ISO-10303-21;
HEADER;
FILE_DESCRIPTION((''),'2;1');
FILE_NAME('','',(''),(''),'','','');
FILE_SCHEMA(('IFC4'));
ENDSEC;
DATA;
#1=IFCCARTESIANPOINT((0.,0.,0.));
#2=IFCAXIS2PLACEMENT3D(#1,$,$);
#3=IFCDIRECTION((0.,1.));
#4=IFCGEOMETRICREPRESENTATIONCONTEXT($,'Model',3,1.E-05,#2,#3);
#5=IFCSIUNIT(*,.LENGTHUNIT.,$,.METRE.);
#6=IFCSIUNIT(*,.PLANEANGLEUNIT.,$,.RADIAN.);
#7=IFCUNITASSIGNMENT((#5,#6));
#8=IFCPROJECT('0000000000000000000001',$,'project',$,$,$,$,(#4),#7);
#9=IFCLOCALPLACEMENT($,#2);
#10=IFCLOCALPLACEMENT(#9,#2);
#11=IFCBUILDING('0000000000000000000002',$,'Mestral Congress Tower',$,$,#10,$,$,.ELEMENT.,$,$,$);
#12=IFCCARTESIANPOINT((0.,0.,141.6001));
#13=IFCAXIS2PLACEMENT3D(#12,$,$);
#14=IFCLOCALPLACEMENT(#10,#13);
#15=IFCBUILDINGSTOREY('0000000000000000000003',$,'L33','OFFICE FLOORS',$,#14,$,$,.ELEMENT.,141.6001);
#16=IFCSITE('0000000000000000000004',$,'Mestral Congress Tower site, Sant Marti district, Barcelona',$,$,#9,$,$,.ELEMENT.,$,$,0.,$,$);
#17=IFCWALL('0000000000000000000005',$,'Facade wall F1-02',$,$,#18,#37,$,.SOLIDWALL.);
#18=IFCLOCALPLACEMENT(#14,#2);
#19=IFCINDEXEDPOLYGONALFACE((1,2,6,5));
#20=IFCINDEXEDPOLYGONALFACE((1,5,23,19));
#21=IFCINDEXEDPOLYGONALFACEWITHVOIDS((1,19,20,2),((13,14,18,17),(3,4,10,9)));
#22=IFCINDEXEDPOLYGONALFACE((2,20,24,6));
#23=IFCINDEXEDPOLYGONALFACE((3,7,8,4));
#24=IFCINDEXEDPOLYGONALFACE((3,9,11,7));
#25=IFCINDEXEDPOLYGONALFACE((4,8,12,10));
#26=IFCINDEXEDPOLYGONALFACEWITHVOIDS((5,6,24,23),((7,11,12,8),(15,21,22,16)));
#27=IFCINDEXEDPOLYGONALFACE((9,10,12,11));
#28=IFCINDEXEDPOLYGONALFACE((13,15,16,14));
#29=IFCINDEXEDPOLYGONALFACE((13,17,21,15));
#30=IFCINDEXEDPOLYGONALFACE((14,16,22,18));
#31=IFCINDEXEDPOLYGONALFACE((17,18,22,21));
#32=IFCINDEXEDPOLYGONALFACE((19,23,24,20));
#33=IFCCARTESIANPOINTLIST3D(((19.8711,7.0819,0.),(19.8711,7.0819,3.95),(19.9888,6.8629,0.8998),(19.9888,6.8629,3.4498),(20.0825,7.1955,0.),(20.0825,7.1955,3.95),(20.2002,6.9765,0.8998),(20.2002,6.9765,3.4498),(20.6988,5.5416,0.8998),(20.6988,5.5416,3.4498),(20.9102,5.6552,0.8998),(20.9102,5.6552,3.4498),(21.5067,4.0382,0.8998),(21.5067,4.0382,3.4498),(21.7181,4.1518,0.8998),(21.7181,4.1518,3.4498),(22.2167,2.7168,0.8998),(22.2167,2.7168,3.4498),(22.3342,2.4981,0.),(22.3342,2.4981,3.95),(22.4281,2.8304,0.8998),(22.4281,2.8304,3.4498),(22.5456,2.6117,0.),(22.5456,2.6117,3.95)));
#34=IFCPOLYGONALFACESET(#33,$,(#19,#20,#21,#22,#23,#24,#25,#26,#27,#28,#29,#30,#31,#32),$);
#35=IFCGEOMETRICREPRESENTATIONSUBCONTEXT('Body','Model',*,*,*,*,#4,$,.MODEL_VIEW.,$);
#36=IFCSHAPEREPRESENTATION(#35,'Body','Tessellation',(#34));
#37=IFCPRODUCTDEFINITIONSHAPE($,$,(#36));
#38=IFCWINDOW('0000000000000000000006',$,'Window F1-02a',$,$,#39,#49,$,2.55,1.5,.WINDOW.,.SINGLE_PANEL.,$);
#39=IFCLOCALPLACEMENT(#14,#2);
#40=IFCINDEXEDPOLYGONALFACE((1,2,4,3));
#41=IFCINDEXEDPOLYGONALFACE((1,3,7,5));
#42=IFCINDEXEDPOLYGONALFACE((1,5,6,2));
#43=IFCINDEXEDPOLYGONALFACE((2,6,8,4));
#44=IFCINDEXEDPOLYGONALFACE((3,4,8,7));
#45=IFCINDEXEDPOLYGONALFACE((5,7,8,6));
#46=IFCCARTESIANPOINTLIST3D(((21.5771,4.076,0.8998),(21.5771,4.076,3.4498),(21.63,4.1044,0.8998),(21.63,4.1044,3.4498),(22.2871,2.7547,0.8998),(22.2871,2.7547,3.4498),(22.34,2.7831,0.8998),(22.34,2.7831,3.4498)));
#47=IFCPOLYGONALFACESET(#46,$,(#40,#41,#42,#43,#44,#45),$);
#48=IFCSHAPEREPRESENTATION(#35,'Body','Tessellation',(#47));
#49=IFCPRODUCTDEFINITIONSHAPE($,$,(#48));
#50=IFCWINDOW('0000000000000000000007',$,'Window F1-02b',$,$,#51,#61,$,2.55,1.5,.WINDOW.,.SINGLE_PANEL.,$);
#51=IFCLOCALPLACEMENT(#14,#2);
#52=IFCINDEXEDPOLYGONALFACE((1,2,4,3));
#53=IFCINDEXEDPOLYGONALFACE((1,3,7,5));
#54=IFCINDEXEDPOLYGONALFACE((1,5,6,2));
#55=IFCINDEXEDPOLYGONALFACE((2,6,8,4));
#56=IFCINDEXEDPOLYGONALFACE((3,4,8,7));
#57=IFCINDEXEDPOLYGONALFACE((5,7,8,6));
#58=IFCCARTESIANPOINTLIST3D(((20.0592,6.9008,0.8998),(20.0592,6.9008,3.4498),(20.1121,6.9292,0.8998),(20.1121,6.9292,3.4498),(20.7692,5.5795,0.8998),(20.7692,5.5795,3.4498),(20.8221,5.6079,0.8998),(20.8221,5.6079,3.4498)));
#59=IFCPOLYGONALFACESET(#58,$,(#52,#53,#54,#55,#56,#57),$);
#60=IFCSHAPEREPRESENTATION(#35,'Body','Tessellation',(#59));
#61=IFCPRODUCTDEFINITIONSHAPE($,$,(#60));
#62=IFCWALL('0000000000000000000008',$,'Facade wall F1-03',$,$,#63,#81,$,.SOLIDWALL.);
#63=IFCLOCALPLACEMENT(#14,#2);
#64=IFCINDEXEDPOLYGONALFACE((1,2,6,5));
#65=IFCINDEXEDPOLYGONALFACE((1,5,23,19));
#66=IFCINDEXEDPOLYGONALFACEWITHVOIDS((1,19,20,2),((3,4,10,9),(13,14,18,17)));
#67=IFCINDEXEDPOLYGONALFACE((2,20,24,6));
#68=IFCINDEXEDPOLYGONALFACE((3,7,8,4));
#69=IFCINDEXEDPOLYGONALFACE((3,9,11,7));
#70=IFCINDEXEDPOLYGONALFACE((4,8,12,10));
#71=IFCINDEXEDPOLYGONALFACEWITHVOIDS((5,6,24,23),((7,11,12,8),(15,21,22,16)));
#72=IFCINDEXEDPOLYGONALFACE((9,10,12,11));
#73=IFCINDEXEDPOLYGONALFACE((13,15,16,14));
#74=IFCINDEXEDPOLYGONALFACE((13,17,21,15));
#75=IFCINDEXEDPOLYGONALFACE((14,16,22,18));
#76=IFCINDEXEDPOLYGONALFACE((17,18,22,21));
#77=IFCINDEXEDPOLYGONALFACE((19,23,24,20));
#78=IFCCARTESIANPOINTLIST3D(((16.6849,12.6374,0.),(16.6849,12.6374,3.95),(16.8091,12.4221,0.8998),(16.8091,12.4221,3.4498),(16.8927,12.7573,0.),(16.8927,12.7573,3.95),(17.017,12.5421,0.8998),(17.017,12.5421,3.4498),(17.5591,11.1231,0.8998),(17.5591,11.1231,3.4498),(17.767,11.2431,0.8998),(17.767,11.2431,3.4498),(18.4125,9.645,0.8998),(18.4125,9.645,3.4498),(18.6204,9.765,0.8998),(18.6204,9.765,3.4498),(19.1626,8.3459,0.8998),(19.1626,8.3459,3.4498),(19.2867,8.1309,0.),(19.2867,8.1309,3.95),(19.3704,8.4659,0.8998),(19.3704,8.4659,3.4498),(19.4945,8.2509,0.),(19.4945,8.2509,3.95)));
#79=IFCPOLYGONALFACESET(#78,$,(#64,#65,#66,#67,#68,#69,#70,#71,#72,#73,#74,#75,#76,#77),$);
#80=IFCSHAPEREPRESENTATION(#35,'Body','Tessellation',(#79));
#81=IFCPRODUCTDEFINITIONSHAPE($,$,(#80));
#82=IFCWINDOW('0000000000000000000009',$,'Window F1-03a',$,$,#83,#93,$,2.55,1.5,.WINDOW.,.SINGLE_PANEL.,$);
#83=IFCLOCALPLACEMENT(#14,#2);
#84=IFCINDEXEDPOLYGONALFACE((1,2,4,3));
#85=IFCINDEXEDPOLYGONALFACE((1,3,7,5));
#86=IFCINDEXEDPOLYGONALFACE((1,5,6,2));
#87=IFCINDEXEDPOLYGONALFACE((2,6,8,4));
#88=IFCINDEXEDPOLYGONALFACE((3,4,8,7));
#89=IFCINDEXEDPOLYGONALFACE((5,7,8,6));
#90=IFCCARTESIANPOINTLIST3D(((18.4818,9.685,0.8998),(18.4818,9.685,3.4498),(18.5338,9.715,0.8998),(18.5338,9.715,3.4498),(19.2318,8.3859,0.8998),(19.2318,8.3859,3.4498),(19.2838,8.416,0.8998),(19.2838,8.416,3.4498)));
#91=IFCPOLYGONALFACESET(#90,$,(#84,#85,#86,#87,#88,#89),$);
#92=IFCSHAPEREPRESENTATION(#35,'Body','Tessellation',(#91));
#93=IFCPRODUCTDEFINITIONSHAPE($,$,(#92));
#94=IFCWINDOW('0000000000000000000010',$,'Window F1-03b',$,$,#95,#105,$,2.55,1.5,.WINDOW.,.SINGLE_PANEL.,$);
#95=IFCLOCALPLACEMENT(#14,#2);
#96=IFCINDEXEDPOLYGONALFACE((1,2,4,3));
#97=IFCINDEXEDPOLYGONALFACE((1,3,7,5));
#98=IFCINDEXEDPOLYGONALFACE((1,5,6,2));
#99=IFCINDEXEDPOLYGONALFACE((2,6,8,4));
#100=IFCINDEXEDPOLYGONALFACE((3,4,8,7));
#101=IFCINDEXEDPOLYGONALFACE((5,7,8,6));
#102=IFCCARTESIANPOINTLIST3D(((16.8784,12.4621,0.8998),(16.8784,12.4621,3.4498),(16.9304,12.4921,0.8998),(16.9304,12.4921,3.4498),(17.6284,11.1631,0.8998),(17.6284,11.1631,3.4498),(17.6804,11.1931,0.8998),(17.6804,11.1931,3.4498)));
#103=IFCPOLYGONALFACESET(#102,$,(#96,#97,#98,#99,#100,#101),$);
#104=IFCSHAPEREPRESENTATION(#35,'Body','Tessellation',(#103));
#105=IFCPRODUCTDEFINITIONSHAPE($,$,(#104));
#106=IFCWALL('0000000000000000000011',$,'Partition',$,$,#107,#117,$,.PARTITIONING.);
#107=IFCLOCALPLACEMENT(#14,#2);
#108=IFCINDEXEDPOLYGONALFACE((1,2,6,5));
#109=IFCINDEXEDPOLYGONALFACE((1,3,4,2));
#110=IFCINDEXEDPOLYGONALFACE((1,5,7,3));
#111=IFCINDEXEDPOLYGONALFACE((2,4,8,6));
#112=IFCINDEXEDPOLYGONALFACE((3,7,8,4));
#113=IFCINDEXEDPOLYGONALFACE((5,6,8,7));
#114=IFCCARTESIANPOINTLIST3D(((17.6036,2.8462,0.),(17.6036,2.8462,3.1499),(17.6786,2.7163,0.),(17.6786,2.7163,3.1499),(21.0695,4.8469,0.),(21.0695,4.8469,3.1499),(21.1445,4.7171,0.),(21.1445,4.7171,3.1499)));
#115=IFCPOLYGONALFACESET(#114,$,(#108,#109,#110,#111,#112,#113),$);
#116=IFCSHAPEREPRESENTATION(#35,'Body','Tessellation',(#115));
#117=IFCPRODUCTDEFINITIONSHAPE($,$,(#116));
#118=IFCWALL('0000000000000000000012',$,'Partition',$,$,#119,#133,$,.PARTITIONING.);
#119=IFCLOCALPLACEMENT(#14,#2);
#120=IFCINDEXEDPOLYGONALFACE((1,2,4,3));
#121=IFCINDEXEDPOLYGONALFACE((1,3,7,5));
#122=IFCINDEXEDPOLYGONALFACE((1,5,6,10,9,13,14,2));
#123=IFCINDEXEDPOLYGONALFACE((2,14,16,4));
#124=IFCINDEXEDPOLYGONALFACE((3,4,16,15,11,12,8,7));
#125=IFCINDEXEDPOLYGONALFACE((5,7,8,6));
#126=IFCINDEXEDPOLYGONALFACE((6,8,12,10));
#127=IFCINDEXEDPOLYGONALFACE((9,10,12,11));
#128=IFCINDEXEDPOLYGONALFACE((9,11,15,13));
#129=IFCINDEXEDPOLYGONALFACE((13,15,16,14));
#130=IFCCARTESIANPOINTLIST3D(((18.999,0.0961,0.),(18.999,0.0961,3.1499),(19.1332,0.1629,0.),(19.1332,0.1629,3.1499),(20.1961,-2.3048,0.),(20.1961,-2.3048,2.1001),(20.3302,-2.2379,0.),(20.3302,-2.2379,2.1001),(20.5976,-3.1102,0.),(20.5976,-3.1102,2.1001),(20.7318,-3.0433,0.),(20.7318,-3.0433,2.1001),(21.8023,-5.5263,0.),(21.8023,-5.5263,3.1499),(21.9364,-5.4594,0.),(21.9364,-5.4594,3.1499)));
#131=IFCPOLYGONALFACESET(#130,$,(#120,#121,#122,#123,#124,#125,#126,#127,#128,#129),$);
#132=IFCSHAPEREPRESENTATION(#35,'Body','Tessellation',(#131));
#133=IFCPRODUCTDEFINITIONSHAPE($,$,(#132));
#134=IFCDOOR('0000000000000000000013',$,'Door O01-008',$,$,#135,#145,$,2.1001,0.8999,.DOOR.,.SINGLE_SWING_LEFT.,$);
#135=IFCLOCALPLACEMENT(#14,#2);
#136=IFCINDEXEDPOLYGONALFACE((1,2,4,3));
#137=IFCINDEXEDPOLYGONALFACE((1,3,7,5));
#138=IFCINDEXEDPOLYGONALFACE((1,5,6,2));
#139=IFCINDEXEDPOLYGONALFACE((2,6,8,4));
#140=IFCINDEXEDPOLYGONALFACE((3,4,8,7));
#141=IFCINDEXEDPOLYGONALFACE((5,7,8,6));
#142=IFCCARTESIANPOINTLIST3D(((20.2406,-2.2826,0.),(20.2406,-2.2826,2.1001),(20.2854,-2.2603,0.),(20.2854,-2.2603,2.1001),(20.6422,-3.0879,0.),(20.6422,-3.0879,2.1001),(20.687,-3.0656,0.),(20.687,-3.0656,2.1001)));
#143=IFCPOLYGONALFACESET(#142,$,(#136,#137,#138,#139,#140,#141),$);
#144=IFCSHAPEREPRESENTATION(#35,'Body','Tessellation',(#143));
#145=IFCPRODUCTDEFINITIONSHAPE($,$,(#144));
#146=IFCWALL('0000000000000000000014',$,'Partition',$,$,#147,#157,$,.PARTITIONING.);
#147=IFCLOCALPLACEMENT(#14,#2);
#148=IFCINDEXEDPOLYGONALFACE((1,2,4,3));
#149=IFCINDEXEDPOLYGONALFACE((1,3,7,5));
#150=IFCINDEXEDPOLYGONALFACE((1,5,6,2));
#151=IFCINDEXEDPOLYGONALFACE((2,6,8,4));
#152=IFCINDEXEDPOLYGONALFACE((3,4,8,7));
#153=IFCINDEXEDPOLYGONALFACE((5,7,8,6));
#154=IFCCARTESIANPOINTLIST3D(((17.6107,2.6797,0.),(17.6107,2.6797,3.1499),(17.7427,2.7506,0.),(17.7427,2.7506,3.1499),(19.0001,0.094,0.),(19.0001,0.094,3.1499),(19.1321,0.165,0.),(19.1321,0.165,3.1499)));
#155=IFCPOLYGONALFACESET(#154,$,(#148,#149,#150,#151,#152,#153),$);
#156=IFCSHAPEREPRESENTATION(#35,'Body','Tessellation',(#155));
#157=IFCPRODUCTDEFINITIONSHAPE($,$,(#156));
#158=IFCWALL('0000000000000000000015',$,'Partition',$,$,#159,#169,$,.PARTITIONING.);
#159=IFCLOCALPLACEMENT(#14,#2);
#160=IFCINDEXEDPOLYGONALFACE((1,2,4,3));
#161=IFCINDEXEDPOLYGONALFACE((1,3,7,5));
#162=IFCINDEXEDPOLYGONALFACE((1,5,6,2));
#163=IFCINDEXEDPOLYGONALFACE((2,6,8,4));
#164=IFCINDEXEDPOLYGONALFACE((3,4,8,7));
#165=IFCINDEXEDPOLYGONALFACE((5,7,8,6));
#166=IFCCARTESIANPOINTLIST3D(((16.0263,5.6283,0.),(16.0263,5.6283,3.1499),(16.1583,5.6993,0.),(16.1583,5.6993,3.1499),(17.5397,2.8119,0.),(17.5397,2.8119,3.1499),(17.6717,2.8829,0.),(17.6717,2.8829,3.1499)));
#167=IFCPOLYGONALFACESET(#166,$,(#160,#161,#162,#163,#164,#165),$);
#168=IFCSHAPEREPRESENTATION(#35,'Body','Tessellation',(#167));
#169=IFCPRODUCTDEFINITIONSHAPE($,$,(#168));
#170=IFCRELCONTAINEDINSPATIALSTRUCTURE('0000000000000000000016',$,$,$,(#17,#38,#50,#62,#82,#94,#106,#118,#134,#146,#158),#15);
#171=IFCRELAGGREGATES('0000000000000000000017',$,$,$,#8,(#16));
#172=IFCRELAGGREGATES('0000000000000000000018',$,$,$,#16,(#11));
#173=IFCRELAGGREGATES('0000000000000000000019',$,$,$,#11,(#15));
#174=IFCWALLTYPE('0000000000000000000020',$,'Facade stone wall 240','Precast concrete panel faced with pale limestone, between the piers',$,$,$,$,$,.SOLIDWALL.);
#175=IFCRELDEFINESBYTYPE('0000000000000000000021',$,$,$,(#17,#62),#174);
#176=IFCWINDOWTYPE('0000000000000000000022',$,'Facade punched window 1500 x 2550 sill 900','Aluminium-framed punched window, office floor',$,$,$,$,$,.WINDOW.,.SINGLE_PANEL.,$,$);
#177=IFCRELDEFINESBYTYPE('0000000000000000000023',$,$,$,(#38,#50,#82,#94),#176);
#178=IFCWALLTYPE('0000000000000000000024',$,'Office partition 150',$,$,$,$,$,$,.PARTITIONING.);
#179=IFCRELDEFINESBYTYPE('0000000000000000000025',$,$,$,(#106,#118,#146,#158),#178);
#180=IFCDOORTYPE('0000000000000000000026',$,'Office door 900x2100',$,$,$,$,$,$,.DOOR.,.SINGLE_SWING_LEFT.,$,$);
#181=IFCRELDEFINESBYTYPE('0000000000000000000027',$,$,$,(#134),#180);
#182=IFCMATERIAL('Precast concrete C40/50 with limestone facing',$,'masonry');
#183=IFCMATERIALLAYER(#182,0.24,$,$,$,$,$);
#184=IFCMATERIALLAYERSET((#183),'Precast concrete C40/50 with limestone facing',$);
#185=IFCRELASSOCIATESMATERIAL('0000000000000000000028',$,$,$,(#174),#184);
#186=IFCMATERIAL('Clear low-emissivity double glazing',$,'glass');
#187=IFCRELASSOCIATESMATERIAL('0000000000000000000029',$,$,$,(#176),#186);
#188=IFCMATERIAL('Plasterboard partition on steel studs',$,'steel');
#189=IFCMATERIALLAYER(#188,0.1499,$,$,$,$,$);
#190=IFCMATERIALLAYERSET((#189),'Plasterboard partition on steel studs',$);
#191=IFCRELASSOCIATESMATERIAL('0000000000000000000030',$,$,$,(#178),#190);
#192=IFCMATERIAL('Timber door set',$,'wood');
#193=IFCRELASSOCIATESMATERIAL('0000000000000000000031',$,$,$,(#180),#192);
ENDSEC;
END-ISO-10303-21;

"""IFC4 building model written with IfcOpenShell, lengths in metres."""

from ifc_helpers import new_model, si_unit, direction, frame, frame_2d, origin, place, context, subcontext, project, spatial, rectangle, extrude, material, layer, layer_set, type_object, element, fill, save


model = new_model("IFC4")

# Units and contexts
model_context = context("Model", 3, precision=1e-05, world=origin(), true_north=direction((0.0, 1.0)))
body_context = subcontext(model_context, "Body", "Model", "MODEL_VIEW")
ifc_project = project(units=[si_unit("LENGTHUNIT", "METRE"), si_unit("PLANEANGLEUNIT", "RADIAN")], contexts=[model_context])

# Site, building, storey
site_placement = place(None, origin())
site = spatial("IfcSite", under=ifc_project, at=site_placement, Name="Mestral Congress Tower site, Sant Marti district, Barcelona", CompositionType="ELEMENT", RefElevation=0.0)
building_placement = place(site_placement, origin())
building = spatial("IfcBuilding", under=site, at=building_placement, Name="Mestral Congress Tower", CompositionType="ELEMENT")
storey_placement = place(building_placement, frame((0.0, 0.0, 141.6001)))
storey = spatial("IfcBuildingStorey", under=building, at=storey_placement, Name="L33", Description="OFFICE FLOORS", CompositionType="ELEMENT", Elevation=141.6001)

# Walls, openings, windows
ifc_material_1 = material(Name="Precast concrete C40/50 with limestone facing", Category="masonry")
ifc_layer_1 = layer(ifc_material_1, 0.24)
ifc_layer_set_1 = layer_set([ifc_layer_1], Name="Precast concrete C40/50 with limestone facing")
wall_type_1 = type_object("IfcWallType", Name="Facade stone wall 240", Description="Precast concrete panel faced with pale limestone, between the piers", PredefinedType="SOLIDWALL", material=ifc_layer_set_1)
wall_1_placement = place(storey_placement, frame((22.4399, 2.5549, 0.0), z_axis=(0.0, 0.0, 1.0), x_axis=(-0.47335, 0.880875, 0.0)))
wall_1 = element("IfcWall", 1, at=wall_1_placement, inside=storey, type_object=wall_type_1, Name="Facade wall F1-02", PredefinedType="SOLIDWALL", context=body_context, shape_type="SweptSolid", body=[
    extrude(rectangle(XDim=5.2036, YDim=0.24, at=frame_2d((2.6018, 0.0))), origin(), (0.0, 0.0, 1.0), 3.95),
])
opening_1_placement = place(wall_1_placement, frame((0.2483, 0.0, 0.8999)))
opening_1 = element("IfcOpeningElement", 2, at=opening_1_placement, cuts=wall_1, PredefinedType="OPENING", context=body_context, shape_type="SweptSolid", body=[
    extrude(rectangle(XDim=1.5, YDim=2.55, at=frame_2d((0.75, 1.2749))), frame((0.0, 0.1299, 0.0), z_axis=(0.0, -1.0, 0.0), x_axis=(1.0, 0.0, 0.0)), (0.0, 0.0, 1.0), 0.26),
])
opening_2_placement = place(wall_1_placement, frame((3.4551, 0.0, 0.8999)))
opening_2 = element("IfcOpeningElement", 3, at=opening_2_placement, cuts=wall_1, PredefinedType="OPENING", context=body_context, shape_type="SweptSolid", body=[
    extrude(rectangle(XDim=1.5, YDim=2.55, at=frame_2d((0.75, 1.2749))), frame((0.0, 0.1299, 0.0), z_axis=(0.0, -1.0, 0.0), x_axis=(1.0, 0.0, 0.0)), (0.0, 0.0, 1.0), 0.26),
])
ifc_material_2 = material(Name="Clear low-emissivity double glazing", Category="glass")
window_type = type_object("IfcWindowType", Name="Facade punched window 1500 x 2550 sill 900", Description="Aluminium-framed punched window, office floor", PartitioningType="SINGLE_PANEL", PredefinedType="WINDOW", material=ifc_material_2)
window_1_placement = place(opening_1_placement, origin())
window_1 = element("IfcWindow", 4, at=window_1_placement, inside=storey, type_object=window_type, Name="Window F1-02a", OverallHeight=2.55, OverallWidth=1.5, PartitioningType="SINGLE_PANEL", PredefinedType="WINDOW", context=body_context, shape_type="SweptSolid", body=[
    extrude(rectangle(XDim=1.5, YDim=2.55, at=frame_2d((0.75, 1.2749))), frame((0.0, 0.04, 0.0), z_axis=(0.0, -1.0, 0.0), x_axis=(1.0, 0.0, 0.0)), (0.0, 0.0, 1.0), 0.0601),
])
fill(opening_1, window_1)
window_2_placement = place(opening_2_placement, origin())
window_2 = element("IfcWindow", 5, at=window_2_placement, inside=storey, type_object=window_type, Name="Window F1-02b", OverallHeight=2.55, OverallWidth=1.5, PartitioningType="SINGLE_PANEL", PredefinedType="WINDOW", context=body_context, shape_type="SweptSolid", body=[
    extrude(rectangle(XDim=1.5, YDim=2.55, at=frame_2d((0.75, 1.2749))), frame((0.0, 0.04, 0.0), z_axis=(0.0, -1.0, 0.0), x_axis=(1.0, 0.0, 0.0)), (0.0, 0.0, 1.0), 0.0601),
])
fill(opening_2, window_2)
wall_2_placement = place(storey_placement, frame((19.3906, 8.1909, 0.0), z_axis=(0.0, 0.0, 1.0), x_axis=(-0.500009, 0.86602, 0.0)))
wall_2 = element("IfcWall", 6, at=wall_2_placement, inside=storey, type_object=wall_type_1, Name="Facade wall F1-03", PredefinedType="SOLIDWALL", context=body_context, shape_type="SweptSolid", body=[
    extrude(rectangle(XDim=5.2036, YDim=0.24, at=frame_2d((2.6018, 0.0))), origin(), (0.0, 0.0, 1.0), 3.95),
])
opening_3_placement = place(wall_2_placement, frame((0.2483, 0.0, 0.8999)))
opening_3 = element("IfcOpeningElement", 7, at=opening_3_placement, cuts=wall_2, PredefinedType="OPENING", context=body_context, shape_type="SweptSolid", body=[
    extrude(rectangle(XDim=1.5, YDim=2.55, at=frame_2d((0.75, 1.2749))), frame((0.0, 0.1299, 0.0), z_axis=(0.0, -1.0, 0.0), x_axis=(1.0, 0.0, 0.0)), (0.0, 0.0, 1.0), 0.26),
])
opening_4_placement = place(wall_2_placement, frame((3.4551, 0.0, 0.8999)))
opening_4 = element("IfcOpeningElement", 8, at=opening_4_placement, cuts=wall_2, PredefinedType="OPENING", context=body_context, shape_type="SweptSolid", body=[
    extrude(rectangle(XDim=1.5, YDim=2.55, at=frame_2d((0.75, 1.2749))), frame((0.0, 0.1299, 0.0), z_axis=(0.0, -1.0, 0.0), x_axis=(1.0, 0.0, 0.0)), (0.0, 0.0, 1.0), 0.26),
])
window_3_placement = place(opening_3_placement, origin())
window_3 = element("IfcWindow", 9, at=window_3_placement, inside=storey, type_object=window_type, Name="Window F1-03a", OverallHeight=2.55, OverallWidth=1.5, PartitioningType="SINGLE_PANEL", PredefinedType="WINDOW", context=body_context, shape_type="SweptSolid", body=[
    extrude(rectangle(XDim=1.5, YDim=2.55, at=frame_2d((0.75, 1.2749))), frame((0.0, 0.04, 0.0), z_axis=(0.0, -1.0, 0.0), x_axis=(1.0, 0.0, 0.0)), (0.0, 0.0, 1.0), 0.0601),
])
fill(opening_3, window_3)
window_4_placement = place(opening_4_placement, origin())
window_4 = element("IfcWindow", 10, at=window_4_placement, inside=storey, type_object=window_type, Name="Window F1-03b", OverallHeight=2.55, OverallWidth=1.5, PartitioningType="SINGLE_PANEL", PredefinedType="WINDOW", context=body_context, shape_type="SweptSolid", body=[
    extrude(rectangle(XDim=1.5, YDim=2.55, at=frame_2d((0.75, 1.2749))), frame((0.0, 0.04, 0.0), z_axis=(0.0, -1.0, 0.0), x_axis=(1.0, 0.0, 0.0)), (0.0, 0.0, 1.0), 0.0601),
])
fill(opening_4, window_4)

# Wall
ifc_material_3 = material(Name="Plasterboard partition on steel studs", Category="steel")
ifc_layer_2 = layer(ifc_material_3, 0.1499)
ifc_layer_set_2 = layer_set([ifc_layer_2], Name="Plasterboard partition on steel studs")
wall_type_2 = type_object("IfcWallType", Name="Office partition 150", PredefinedType="PARTITIONING", material=ifc_layer_set_2)
wall_3_placement = place(storey_placement, frame((17.6411, 2.7812, 0.0), z_axis=(0.0, 0.0, 1.0), x_axis=(0.866054, 0.499951, 0.0)))
element("IfcWall", 11, at=wall_3_placement, inside=storey, type_object=wall_type_2, Name="Partition", PredefinedType="PARTITIONING", context=body_context, shape_type="SweptSolid", body=[
    extrude(rectangle(XDim=4.002, YDim=0.1499, at=frame_2d((2.001, 0.0))), origin(), (0.0, 0.0, 1.0), 3.1499),
])

# Wall, opening, door
wall_4_placement = place(storey_placement, frame((19.0662, 0.1294, 0.0), z_axis=(0.0, 0.0, 1.0), x_axis=(0.446203, -0.894932, 0.0)))
wall_4 = element("IfcWall", 12, at=wall_4_placement, inside=storey, type_object=wall_type_2, Name="Partition", PredefinedType="PARTITIONING", context=body_context, shape_type="SweptSolid", body=[
    extrude(rectangle(XDim=6.2825, YDim=0.1499, at=frame_2d((3.1411, 0.0))), origin(), (0.0, 0.0, 1.0), 3.1499),
])
opening_5_placement = place(wall_4_placement, frame((2.6826, 0.0, 0.0)))
opening_5 = element("IfcOpeningElement", 13, at=opening_5_placement, cuts=wall_4, PredefinedType="OPENING", context=body_context, shape_type="SweptSolid", body=[
    extrude(rectangle(XDim=0.8999, YDim=2.1001, at=frame_2d((0.45, 1.05))), frame((0.0, 0.085, 0.0), z_axis=(0.0, -1.0, 0.0), x_axis=(1.0, 0.0, 0.0)), (0.0, 0.0, 1.0), 0.1699),
])
ifc_material_4 = material(Name="Timber door set", Category="wood")
door_type_1 = type_object("IfcDoorType", Name="Office door 900x2100", OperationType="SINGLE_SWING_LEFT", PredefinedType="DOOR", material=ifc_material_4)
door_1_placement = place(opening_5_placement, origin())
door_1 = element("IfcDoor", 14, at=door_1_placement, inside=storey, type_object=door_type_1, Name="Door O01-008", OperationType="SINGLE_SWING_LEFT", OverallHeight=2.1001, OverallWidth=0.8999, PredefinedType="DOOR", context=body_context, shape_type="SweptSolid", body=[
    extrude(rectangle(XDim=0.8999, YDim=2.1001, at=frame_2d((0.45, 1.05))), frame((0.0, 0.0249, 0.0), z_axis=(0.0, -1.0, 0.0), x_axis=(1.0, 0.0, 0.0)), (0.0, 0.0, 1.0), 0.05),
])
fill(opening_5, door_1)

# Walls
wall_5_placement = place(storey_placement, frame((19.0662, 0.1294, 0.0), z_axis=(0.0, 0.0, 1.0), x_axis=(-0.473336, 0.880882, 0.0)))
element("IfcWall", 15, at=wall_5_placement, inside=storey, type_object=wall_type_2, Name="Partition", PredefinedType="PARTITIONING", context=body_context, shape_type="SweptSolid", body=[
    extrude(rectangle(XDim=2.9353, YDim=0.1499, at=frame_2d((1.4678, 0.0))), origin(), (0.0, 0.0, 1.0), 3.1499),
])
wall_6_placement = place(storey_placement, frame((17.6057, 2.8474, 0.0), z_axis=(0.0, 0.0, 1.0), x_axis=(-0.473348, 0.880875, 0.0)))
element("IfcWall", 16, at=wall_6_placement, inside=storey, type_object=wall_type_2, Name="Partition", PredefinedType="PARTITIONING", context=body_context, shape_type="SweptSolid", body=[
    extrude(rectangle(XDim=3.1973, YDim=0.1499, at=frame_2d((1.5986, 0.0))), origin(), (0.0, 0.0, 1.0), 3.1499),
])

save(model, "model.ifc")
